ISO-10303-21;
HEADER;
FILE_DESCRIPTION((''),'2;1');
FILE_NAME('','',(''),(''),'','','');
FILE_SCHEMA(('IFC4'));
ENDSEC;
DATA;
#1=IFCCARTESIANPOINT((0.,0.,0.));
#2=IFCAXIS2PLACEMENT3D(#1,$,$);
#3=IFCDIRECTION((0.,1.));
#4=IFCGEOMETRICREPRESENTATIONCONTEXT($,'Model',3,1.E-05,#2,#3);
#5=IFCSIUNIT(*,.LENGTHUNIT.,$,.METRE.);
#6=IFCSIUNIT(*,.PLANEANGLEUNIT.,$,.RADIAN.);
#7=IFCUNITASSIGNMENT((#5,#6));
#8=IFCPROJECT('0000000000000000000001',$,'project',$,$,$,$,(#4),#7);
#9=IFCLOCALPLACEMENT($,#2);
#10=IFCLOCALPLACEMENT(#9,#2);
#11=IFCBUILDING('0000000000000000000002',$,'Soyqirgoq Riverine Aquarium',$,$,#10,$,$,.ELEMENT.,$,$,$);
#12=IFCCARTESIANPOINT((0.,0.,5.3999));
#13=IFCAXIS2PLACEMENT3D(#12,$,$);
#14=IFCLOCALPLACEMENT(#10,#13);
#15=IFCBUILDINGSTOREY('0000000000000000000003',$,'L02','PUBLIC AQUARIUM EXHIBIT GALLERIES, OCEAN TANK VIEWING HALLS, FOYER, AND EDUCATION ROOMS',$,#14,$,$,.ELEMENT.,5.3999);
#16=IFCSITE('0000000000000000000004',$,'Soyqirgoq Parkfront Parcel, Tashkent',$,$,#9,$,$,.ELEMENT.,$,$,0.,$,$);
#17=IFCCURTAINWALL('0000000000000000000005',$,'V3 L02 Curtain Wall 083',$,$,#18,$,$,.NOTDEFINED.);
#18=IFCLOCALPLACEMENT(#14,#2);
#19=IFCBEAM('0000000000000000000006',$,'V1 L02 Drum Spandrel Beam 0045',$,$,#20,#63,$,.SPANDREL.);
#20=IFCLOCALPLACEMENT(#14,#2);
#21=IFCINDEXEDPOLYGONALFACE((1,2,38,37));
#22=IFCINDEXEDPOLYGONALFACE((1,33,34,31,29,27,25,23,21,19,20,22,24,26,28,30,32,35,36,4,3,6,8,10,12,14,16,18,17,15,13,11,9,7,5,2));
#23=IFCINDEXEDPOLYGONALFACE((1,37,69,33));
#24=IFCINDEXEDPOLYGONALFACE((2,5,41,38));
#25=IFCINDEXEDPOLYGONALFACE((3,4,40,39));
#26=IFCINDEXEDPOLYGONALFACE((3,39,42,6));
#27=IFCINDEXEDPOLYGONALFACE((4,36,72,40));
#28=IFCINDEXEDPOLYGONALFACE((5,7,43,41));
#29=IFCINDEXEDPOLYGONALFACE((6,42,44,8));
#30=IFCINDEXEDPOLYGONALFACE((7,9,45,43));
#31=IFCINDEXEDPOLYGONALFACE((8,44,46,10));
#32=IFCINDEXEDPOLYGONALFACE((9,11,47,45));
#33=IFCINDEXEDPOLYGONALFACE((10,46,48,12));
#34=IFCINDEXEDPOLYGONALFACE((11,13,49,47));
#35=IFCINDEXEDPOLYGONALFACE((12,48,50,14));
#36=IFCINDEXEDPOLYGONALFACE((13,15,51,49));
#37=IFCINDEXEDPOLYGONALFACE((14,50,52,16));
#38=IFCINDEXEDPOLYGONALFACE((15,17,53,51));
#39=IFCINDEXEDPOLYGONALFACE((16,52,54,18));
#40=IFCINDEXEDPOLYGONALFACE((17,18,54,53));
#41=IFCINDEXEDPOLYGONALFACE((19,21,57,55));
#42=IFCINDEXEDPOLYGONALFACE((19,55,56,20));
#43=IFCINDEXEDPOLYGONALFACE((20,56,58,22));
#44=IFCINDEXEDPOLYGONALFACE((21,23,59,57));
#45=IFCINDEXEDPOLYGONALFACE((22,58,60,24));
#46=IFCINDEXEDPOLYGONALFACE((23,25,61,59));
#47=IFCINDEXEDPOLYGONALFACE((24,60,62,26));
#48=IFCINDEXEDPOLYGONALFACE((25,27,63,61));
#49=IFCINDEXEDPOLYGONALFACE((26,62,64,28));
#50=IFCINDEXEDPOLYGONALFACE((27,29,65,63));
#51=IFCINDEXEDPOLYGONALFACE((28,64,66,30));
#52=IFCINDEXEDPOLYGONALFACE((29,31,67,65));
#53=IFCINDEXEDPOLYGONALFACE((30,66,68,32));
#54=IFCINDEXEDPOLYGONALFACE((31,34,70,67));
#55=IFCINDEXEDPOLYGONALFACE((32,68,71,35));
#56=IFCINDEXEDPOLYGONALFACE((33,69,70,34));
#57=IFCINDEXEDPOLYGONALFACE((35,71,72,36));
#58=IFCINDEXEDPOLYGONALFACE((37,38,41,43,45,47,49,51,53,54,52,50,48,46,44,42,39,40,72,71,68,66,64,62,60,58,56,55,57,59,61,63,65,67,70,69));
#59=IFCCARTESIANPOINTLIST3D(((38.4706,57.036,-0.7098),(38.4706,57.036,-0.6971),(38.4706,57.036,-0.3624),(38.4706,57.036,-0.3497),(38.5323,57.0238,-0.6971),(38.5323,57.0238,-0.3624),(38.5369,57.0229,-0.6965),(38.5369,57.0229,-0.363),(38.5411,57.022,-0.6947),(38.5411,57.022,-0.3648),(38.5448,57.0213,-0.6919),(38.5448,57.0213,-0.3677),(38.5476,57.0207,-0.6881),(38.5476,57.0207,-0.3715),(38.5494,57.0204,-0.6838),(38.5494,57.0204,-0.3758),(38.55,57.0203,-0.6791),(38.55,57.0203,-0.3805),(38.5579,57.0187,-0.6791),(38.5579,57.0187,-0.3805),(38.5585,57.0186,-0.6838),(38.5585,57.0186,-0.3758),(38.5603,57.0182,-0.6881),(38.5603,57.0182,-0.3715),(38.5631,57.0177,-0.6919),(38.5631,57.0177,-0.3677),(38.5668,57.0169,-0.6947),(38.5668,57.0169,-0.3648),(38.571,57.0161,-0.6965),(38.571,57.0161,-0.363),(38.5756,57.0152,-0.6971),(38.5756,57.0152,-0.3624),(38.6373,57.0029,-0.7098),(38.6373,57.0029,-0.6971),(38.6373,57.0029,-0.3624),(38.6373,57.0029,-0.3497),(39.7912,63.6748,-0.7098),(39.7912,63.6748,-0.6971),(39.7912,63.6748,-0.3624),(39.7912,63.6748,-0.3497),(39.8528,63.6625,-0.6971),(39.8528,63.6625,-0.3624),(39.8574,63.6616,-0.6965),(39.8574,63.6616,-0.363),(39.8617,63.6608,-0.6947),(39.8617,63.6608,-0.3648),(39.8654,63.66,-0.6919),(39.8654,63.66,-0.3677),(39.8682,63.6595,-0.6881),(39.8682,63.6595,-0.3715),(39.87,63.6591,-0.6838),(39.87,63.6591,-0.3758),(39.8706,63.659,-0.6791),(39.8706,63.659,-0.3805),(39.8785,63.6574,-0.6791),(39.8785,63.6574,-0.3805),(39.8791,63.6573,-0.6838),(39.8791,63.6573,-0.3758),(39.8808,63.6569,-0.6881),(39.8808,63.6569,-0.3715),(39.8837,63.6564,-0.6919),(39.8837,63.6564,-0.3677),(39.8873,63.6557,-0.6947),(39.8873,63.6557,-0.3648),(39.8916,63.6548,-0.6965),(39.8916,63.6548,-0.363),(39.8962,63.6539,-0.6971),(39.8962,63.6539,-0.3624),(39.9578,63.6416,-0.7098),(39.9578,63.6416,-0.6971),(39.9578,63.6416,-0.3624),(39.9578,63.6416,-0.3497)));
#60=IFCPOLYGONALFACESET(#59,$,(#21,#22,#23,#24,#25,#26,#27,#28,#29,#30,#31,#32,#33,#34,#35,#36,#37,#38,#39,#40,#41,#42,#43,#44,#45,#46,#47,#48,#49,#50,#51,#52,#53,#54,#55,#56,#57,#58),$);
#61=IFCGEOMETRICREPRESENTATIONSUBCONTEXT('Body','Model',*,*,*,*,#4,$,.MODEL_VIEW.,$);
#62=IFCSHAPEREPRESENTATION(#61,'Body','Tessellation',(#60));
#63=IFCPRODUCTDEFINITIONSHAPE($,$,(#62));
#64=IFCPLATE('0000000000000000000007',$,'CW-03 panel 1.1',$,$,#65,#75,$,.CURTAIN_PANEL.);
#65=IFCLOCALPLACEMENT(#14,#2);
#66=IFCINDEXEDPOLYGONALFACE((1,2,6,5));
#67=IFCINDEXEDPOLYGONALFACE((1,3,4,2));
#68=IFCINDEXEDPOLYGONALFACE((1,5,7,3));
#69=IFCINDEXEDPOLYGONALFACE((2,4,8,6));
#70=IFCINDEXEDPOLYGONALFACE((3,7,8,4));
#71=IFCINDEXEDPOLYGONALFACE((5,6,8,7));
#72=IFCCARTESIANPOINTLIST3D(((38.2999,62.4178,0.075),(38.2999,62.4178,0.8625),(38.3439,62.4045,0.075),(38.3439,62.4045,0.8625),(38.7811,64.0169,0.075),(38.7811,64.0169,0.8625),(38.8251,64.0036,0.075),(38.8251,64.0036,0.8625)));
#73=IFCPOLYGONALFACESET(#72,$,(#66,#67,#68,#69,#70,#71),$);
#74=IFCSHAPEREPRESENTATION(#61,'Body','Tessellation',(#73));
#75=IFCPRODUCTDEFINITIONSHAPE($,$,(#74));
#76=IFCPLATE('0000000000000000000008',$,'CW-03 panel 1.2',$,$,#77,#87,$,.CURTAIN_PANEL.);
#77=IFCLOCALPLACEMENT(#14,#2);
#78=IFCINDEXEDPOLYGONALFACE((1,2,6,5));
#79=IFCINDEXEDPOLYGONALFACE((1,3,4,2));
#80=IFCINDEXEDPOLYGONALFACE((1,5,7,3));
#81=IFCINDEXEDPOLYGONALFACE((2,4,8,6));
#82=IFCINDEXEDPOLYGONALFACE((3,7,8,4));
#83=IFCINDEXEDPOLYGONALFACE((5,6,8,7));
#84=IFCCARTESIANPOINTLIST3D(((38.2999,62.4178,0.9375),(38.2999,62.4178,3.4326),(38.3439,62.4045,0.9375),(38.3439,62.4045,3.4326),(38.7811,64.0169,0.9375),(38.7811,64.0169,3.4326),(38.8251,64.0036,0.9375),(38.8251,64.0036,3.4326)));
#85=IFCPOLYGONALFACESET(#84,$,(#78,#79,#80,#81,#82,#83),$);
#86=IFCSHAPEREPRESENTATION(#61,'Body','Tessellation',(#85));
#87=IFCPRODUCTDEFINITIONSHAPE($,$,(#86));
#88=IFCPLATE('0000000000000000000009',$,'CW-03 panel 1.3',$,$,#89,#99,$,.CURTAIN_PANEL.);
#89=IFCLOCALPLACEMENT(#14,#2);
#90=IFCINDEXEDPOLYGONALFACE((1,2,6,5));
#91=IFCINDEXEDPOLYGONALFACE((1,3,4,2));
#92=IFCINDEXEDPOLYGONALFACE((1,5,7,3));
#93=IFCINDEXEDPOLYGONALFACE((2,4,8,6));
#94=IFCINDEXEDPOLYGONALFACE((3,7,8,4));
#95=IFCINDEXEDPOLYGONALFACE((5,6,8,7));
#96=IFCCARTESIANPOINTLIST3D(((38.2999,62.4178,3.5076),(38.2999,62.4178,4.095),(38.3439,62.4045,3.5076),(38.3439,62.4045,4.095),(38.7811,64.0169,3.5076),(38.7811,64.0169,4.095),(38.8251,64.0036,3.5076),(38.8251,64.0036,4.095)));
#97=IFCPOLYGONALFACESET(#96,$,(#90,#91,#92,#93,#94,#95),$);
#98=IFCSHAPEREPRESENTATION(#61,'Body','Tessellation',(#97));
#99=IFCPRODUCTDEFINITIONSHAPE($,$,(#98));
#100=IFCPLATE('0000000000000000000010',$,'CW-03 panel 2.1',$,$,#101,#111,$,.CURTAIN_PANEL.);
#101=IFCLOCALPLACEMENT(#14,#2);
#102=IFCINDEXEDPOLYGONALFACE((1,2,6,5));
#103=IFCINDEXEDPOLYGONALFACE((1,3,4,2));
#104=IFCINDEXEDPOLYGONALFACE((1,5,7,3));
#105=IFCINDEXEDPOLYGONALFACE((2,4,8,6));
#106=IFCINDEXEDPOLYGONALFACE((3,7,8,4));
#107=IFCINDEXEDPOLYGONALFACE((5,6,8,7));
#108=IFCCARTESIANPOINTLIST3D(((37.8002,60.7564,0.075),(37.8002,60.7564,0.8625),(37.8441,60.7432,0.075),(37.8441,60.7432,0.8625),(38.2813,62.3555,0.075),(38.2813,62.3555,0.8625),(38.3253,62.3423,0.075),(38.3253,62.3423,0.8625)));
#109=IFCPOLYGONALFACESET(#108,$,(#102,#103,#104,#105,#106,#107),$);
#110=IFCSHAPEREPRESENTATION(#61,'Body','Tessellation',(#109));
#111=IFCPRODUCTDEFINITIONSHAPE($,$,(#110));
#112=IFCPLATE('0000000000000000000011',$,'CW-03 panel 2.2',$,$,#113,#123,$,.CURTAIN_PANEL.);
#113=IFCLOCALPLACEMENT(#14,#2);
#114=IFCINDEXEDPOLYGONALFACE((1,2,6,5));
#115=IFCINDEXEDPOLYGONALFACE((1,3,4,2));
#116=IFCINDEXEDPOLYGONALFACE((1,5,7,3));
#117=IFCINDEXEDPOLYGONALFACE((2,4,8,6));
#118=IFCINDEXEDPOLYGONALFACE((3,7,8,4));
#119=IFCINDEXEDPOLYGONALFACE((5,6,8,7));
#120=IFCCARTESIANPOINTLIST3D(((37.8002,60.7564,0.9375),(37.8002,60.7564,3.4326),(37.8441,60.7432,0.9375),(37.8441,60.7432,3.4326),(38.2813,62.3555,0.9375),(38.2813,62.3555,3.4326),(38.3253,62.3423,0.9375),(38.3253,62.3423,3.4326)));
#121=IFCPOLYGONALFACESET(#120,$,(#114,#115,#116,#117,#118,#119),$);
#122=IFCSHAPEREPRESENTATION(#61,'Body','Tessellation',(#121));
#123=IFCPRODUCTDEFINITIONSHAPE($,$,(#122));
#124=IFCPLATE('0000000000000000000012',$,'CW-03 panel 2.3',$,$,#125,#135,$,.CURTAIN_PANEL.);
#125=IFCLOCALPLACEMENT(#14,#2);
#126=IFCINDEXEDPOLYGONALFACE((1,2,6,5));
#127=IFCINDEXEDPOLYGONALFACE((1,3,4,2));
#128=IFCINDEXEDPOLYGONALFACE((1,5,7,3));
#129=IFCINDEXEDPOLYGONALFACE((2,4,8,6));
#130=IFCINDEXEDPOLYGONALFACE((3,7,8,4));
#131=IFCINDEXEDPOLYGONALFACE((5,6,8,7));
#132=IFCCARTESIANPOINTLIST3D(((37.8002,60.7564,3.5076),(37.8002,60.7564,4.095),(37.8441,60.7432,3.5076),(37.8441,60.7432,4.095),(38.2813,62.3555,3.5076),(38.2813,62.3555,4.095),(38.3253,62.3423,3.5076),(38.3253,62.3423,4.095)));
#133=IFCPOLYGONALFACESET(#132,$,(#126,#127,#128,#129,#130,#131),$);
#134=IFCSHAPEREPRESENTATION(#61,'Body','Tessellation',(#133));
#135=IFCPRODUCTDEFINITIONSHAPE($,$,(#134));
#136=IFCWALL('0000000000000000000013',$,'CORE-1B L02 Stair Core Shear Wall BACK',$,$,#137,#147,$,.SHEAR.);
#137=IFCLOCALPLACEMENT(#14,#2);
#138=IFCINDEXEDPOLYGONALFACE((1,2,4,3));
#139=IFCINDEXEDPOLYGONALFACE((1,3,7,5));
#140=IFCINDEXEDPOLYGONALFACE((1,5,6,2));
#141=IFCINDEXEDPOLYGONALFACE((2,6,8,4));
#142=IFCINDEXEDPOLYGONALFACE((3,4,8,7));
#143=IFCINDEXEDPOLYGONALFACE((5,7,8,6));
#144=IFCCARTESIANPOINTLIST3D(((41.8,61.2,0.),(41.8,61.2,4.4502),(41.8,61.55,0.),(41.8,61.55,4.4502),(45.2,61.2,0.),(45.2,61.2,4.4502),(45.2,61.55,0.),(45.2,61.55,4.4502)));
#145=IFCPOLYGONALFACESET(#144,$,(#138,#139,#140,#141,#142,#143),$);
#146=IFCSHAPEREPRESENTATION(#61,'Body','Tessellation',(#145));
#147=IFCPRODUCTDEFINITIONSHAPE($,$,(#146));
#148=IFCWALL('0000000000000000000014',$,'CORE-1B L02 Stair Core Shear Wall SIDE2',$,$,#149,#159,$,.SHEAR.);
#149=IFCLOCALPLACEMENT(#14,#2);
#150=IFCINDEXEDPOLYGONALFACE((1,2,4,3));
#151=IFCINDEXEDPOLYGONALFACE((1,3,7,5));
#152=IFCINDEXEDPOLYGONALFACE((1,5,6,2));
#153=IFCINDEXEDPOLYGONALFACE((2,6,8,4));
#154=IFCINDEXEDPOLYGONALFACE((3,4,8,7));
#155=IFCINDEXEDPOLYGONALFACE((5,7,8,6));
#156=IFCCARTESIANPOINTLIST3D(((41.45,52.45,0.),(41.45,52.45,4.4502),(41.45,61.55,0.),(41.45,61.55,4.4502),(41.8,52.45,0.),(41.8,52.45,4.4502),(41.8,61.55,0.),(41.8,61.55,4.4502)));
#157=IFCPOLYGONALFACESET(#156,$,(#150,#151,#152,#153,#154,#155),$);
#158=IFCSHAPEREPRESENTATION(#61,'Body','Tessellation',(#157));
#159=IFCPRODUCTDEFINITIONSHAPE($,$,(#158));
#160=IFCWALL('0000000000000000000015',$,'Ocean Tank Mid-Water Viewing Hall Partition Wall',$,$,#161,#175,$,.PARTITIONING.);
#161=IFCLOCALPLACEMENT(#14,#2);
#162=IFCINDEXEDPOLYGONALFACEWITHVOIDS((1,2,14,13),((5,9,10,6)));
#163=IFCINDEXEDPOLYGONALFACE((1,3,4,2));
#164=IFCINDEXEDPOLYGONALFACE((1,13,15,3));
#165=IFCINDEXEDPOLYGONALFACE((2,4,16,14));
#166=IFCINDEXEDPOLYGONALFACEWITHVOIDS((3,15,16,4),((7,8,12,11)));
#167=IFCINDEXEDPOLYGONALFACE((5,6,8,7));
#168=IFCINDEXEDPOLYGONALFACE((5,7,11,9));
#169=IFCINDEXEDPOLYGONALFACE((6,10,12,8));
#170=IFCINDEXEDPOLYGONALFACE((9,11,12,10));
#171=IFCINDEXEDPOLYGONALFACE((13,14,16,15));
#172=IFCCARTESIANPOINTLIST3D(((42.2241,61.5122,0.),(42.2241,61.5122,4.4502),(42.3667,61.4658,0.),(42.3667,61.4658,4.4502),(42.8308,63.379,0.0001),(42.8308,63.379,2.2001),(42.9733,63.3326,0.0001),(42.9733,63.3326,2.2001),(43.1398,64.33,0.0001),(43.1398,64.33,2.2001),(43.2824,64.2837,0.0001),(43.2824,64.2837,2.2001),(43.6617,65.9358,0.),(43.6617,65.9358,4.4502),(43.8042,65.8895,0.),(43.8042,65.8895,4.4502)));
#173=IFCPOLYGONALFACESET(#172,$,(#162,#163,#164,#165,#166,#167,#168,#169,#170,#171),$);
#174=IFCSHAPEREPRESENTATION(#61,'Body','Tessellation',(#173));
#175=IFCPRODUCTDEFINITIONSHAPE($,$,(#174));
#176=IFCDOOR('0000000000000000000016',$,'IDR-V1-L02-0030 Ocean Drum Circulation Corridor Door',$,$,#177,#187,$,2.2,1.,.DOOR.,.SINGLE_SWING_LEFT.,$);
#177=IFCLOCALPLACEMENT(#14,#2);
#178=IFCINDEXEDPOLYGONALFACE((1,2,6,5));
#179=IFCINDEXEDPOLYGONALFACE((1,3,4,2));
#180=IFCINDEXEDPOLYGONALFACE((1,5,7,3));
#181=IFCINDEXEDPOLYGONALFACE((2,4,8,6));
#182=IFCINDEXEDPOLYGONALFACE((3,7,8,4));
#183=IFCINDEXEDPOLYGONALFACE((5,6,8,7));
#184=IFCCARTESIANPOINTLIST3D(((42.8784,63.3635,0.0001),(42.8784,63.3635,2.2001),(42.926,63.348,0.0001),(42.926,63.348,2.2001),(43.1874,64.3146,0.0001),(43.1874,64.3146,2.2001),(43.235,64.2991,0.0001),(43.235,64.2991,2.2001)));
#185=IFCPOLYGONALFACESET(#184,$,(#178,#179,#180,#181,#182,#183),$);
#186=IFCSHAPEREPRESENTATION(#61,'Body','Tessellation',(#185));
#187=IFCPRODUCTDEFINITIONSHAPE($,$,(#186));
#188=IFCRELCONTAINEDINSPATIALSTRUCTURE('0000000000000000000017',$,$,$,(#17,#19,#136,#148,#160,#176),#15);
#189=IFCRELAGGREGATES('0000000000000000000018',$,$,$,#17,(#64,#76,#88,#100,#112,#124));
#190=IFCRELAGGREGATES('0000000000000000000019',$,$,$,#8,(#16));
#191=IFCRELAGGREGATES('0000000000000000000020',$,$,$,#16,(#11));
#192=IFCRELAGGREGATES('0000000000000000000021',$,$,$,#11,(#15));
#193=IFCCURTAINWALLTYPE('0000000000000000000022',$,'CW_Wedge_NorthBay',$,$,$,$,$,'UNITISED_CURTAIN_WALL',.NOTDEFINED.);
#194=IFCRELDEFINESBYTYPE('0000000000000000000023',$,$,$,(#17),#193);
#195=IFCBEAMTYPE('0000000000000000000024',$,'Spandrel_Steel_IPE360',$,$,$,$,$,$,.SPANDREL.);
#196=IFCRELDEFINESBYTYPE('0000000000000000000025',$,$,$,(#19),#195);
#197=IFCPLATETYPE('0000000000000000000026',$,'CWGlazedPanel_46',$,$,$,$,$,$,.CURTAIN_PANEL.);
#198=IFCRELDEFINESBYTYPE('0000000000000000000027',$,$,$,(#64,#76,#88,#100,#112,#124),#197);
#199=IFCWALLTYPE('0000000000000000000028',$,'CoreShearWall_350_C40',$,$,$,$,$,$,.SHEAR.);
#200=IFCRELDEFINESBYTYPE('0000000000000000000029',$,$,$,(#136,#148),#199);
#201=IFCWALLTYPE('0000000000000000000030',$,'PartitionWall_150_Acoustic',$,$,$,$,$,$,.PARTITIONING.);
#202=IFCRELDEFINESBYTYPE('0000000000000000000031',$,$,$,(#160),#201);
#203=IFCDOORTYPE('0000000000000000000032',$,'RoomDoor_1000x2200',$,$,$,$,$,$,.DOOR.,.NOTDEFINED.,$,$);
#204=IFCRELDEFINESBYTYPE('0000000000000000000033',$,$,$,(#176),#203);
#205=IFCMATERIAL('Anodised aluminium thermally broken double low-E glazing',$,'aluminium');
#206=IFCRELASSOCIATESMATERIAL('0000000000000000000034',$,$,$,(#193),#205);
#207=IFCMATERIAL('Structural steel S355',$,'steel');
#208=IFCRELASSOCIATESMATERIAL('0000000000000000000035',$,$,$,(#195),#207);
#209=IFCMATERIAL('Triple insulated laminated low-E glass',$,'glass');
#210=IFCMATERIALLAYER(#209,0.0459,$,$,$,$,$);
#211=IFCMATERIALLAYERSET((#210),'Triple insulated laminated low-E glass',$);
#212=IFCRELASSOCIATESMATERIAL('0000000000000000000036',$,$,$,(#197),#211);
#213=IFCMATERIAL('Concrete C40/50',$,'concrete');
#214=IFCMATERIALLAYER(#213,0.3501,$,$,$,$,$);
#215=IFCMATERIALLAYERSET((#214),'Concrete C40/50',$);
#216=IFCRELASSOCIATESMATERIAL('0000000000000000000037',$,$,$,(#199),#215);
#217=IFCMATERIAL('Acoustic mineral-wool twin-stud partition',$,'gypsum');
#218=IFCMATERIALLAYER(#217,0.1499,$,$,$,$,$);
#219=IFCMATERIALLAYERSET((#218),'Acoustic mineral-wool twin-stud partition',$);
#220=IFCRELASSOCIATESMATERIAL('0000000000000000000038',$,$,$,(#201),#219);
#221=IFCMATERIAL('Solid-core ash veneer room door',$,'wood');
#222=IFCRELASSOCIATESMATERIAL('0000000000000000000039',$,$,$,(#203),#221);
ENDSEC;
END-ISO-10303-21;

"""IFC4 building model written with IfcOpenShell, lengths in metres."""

from ifc_helpers import new_model, si_unit, direction, frame, frame_2d, origin, origin_2d, place, context, subcontext, project, spatial, rectangle, i_section, extrude, material, layer, layer_set, material_profile, profile_set, type_object, element, fill, aggregate, save


model = new_model("IFC4")

# Units and contexts
model_context = context("Model", 3, precision=1e-05, world=origin(), true_north=direction((0.0, 1.0)))
body_context = subcontext(model_context, "Body", "Model", "MODEL_VIEW")
ifc_project = project(units=[si_unit("LENGTHUNIT", "METRE"), si_unit("PLANEANGLEUNIT", "RADIAN")], contexts=[model_context])

# Site, building, storey
site_placement = place(None, origin())
site = spatial("IfcSite", under=ifc_project, at=site_placement, Name="Soyqirgoq Parkfront Parcel, Tashkent", CompositionType="ELEMENT", RefElevation=0.0)
building_placement = place(site_placement, origin())
building = spatial("IfcBuilding", under=site, at=building_placement, Name="Soyqirgoq Riverine Aquarium", CompositionType="ELEMENT")
storey_placement = place(building_placement, frame((0.0, 0.0, 5.3999)))
storey = spatial("IfcBuildingStorey", under=building, at=storey_placement, Name="L02", Description="PUBLIC AQUARIUM EXHIBIT GALLERIES, OCEAN TANK VIEWING HALLS, FOYER, AND EDUCATION ROOMS", CompositionType="ELEMENT", Elevation=5.3999)

# Curtain wall
ifc_material_1 = material(Name="Anodised aluminium thermally broken double low-E glazing", Category="aluminium")
curtain_wall_type = type_object("IfcCurtainWallType", Name="CW_Wedge_NorthBay", ElementType="UNITISED_CURTAIN_WALL", PredefinedType="NOTDEFINED", material=ifc_material_1)
curtain_wall_placement = place(storey_placement, origin())
curtain_wall = element("IfcCurtainWall", 1, at=curtain_wall_placement, inside=storey, type_object=curtain_wall_type, Name="V3 L02 Curtain Wall 083", PredefinedType="NOTDEFINED")

# Beam
ifc_material_2 = material(Name="Structural steel S355", Category="steel")
ifc_material_profile_1 = material_profile(ifc_material_2, i_section(OverallWidth=0.1699, OverallDepth=0.3601, WebThickness=0.0081, FlangeThickness=0.0127, FilletRadius=0.0181, at=origin_2d()), Name="IPE 360")
ifc_profile_set_1 = profile_set([ifc_material_profile_1], Name="Structural steel S355")
beam_type_1 = type_object("IfcBeamType", Name="Spandrel_Steel_IPE360", PredefinedType="SPANDREL", material=ifc_profile_set_1)
beam_1_placement = place(storey_placement, frame((39.8745, 63.6582, -0.5298), z_axis=(-0.195096, -0.980784, 0.0), x_axis=(0.980784, -0.195096, 0.0)))
element("IfcBeam", 2, at=beam_1_placement, inside=storey, type_object=beam_type_1, Name="V1 L02 Drum Spandrel Beam 0045", PredefinedType="SPANDREL", context=body_context, shape_type="SweptSolid", body=[
    extrude(i_section(OverallWidth=0.1699, OverallDepth=0.3601, WebThickness=0.0081, FlangeThickness=0.0127, FilletRadius=0.0181, at=origin_2d()), origin(), (0.0, 0.0, 1.0), 6.7688),
])

# Plates
ifc_material_3 = material(Name="Triple insulated laminated low-E glass", Category="glass")
ifc_layer_1 = layer(ifc_material_3, 0.0459)
ifc_layer_set_1 = layer_set([ifc_layer_1], Name="Triple insulated laminated low-E glass")
plate_type = type_object("IfcPlateType", Name="CWGlazedPanel_46", PredefinedType="CURTAIN_PANEL", material=ifc_layer_set_1)
plate_1_placement = place(storey_placement, frame((38.5625, 63.2107, 0.075), z_axis=(0.0, 0.0, 1.0), x_axis=(-0.288134, -0.95759, 0.0)))
plate_1 = element("IfcPlate", 3, at=plate_1_placement, type_object=plate_type, Name="CW-03 panel 1.1", PredefinedType="CURTAIN_PANEL", context=body_context, shape_type="SweptSolid", body=[
    extrude(rectangle(XDim=1.6699, YDim=0.0459, at=origin_2d()), origin(), (0.0, 0.0, 1.0), 0.7876),
])
plate_2_placement = place(storey_placement, frame((38.5625, 63.2107, 0.9375), z_axis=(0.0, 0.0, 1.0), x_axis=(-0.288134, -0.95759, 0.0)))
plate_2 = element("IfcPlate", 4, at=plate_2_placement, type_object=plate_type, Name="CW-03 panel 1.2", PredefinedType="CURTAIN_PANEL", context=body_context, shape_type="SweptSolid", body=[
    extrude(rectangle(XDim=1.6699, YDim=0.0459, at=origin_2d()), origin(), (0.0, 0.0, 1.0), 2.4951),
])
plate_3_placement = place(storey_placement, frame((38.5625, 63.2107, 3.5076), z_axis=(0.0, 0.0, 1.0), x_axis=(-0.288134, -0.95759, 0.0)))
plate_3 = element("IfcPlate", 5, at=plate_3_placement, type_object=plate_type, Name="CW-03 panel 1.3", PredefinedType="CURTAIN_PANEL", context=body_context, shape_type="SweptSolid", body=[
    extrude(rectangle(XDim=1.6699, YDim=0.0459, at=origin_2d()), origin(), (0.0, 0.0, 1.0), 0.5874),
])
plate_4_placement = place(storey_placement, frame((38.0627, 61.5493, 0.075), z_axis=(0.0, 0.0, 1.0), x_axis=(-0.288134, -0.95759, 0.0)))
plate_4 = element("IfcPlate", 6, at=plate_4_placement, type_object=plate_type, Name="CW-03 panel 2.1", PredefinedType="CURTAIN_PANEL", context=body_context, shape_type="SweptSolid", body=[
    extrude(rectangle(XDim=1.6699, YDim=0.0459, at=origin_2d()), origin(), (0.0, 0.0, 1.0), 0.7876),
])
plate_5_placement = place(storey_placement, frame((38.0627, 61.5493, 0.9375), z_axis=(0.0, 0.0, 1.0), x_axis=(-0.288134, -0.95759, 0.0)))
plate_5 = element("IfcPlate", 7, at=plate_5_placement, type_object=plate_type, Name="CW-03 panel 2.2", PredefinedType="CURTAIN_PANEL", context=body_context, shape_type="SweptSolid", body=[
    extrude(rectangle(XDim=1.6699, YDim=0.0459, at=origin_2d()), origin(), (0.0, 0.0, 1.0), 2.4951),
])
plate_6_placement = place(storey_placement, frame((38.0627, 61.5493, 3.5076), z_axis=(0.0, 0.0, 1.0), x_axis=(-0.288134, -0.95759, 0.0)))
plate_6 = element("IfcPlate", 8, at=plate_6_placement, type_object=plate_type, Name="CW-03 panel 2.3", PredefinedType="CURTAIN_PANEL", context=body_context, shape_type="SweptSolid", body=[
    extrude(rectangle(XDim=1.6699, YDim=0.0459, at=origin_2d()), origin(), (0.0, 0.0, 1.0), 0.5874),
])
aggregate(curtain_wall, [plate_1, plate_2, plate_3, plate_4, plate_5, plate_6])

# Walls
ifc_material_4 = material(Name="Concrete C40/50", Category="concrete")
ifc_layer_2 = layer(ifc_material_4, 0.3501)
ifc_layer_set_2 = layer_set([ifc_layer_2], Name="Concrete C40/50")
wall_type_1 = type_object("IfcWallType", Name="CoreShearWall_350_C40", PredefinedType="SHEAR", material=ifc_layer_set_2)
wall_1_placement = place(storey_placement, frame((45.2, 61.375, 0.0), z_axis=(0.0, 0.0, 1.0), x_axis=(-1.0, 0.0, 0.0)))
element("IfcWall", 9, at=wall_1_placement, inside=storey, type_object=wall_type_1, Name="CORE-1B L02 Stair Core Shear Wall BACK", PredefinedType="SHEAR", context=body_context, shape_type="SweptSolid", body=[
    extrude(rectangle(XDim=3.3999, YDim=0.3501, at=frame_2d((1.7, 0.0))), origin(), (0.0, 0.0, 1.0), 4.4502),
])
wall_2_placement = place(storey_placement, frame((41.625, 61.55, 0.0), z_axis=(0.0, 0.0, 1.0), x_axis=(0.0, -1.0, 0.0)))
element("IfcWall", 10, at=wall_2_placement, inside=storey, type_object=wall_type_1, Name="CORE-1B L02 Stair Core Shear Wall SIDE2", PredefinedType="SHEAR", context=body_context, shape_type="SweptSolid", body=[
    extrude(rectangle(XDim=9.1001, YDim=0.3501, at=frame_2d((4.55, 0.0))), origin(), (0.0, 0.0, 1.0), 4.4502),
])

# Wall, opening, door
ifc_material_5 = material(Name="Acoustic mineral-wool twin-stud partition", Category="gypsum")
ifc_layer_3 = layer(ifc_material_5, 0.1499)
ifc_layer_set_3 = layer_set([ifc_layer_3], Name="Acoustic mineral-wool twin-stud partition")
wall_type_2 = type_object("IfcWallType", Name="PartitionWall_150_Acoustic", PredefinedType="PARTITIONING", material=ifc_layer_set_3)
wall_3_placement = place(storey_placement, frame((42.2954, 61.489, 0.0), z_axis=(0.0, 0.0, 1.0), x_axis=(0.309054, 0.951044, 0.0)))
wall_3 = element("IfcWall", 11, at=wall_3_placement, inside=storey, type_object=wall_type_2, Name="Ocean Tank Mid-Water Viewing Hall Partition Wall", PredefinedType="PARTITIONING", context=body_context, shape_type="SweptSolid", body=[
    extrude(rectangle(XDim=4.6514, YDim=0.1499, at=frame_2d((2.3257, 0.0))), origin(), (0.0, 0.0, 1.0), 4.4502),
])
opening_1_placement = place(wall_3_placement, frame((1.9629, 0.0, 0.0)))
opening_1 = element("IfcOpeningElement", 12, at=opening_1_placement, cuts=wall_3, PredefinedType="OPENING", context=body_context, shape_type="SweptSolid", body=[
    extrude(rectangle(XDim=1.0, YDim=2.2, at=frame_2d((0.5, 1.1001))), frame((0.0, 0.085, 0.0), z_axis=(0.0, -1.0, 0.0), x_axis=(1.0, 0.0, 0.0)), (0.0, 0.0, 1.0), 0.1699),
])
ifc_material_6 = material(Name="Solid-core ash veneer room door", Category="wood")
door_type = type_object("IfcDoorType", Name="RoomDoor_1000x2200", OperationType="NOTDEFINED", PredefinedType="DOOR", material=ifc_material_6)
door_placement = place(opening_1_placement, origin())
door = element("IfcDoor", 13, at=door_placement, inside=storey, type_object=door_type, Name="IDR-V1-L02-0030 Ocean Drum Circulation Corridor Door", OperationType="SINGLE_SWING_LEFT", OverallHeight=2.2, OverallWidth=1.0, PredefinedType="DOOR", context=body_context, shape_type="SweptSolid", body=[
    extrude(rectangle(XDim=1.0, YDim=2.2, at=frame_2d((0.5, 1.1001))), frame((0.0, 0.0249, 0.0), z_axis=(0.0, -1.0, 0.0), x_axis=(1.0, 0.0, 0.0)), (0.0, 0.0, 1.0), 0.05),
])
fill(opening_1, door)

save(model, "model.ifc")
